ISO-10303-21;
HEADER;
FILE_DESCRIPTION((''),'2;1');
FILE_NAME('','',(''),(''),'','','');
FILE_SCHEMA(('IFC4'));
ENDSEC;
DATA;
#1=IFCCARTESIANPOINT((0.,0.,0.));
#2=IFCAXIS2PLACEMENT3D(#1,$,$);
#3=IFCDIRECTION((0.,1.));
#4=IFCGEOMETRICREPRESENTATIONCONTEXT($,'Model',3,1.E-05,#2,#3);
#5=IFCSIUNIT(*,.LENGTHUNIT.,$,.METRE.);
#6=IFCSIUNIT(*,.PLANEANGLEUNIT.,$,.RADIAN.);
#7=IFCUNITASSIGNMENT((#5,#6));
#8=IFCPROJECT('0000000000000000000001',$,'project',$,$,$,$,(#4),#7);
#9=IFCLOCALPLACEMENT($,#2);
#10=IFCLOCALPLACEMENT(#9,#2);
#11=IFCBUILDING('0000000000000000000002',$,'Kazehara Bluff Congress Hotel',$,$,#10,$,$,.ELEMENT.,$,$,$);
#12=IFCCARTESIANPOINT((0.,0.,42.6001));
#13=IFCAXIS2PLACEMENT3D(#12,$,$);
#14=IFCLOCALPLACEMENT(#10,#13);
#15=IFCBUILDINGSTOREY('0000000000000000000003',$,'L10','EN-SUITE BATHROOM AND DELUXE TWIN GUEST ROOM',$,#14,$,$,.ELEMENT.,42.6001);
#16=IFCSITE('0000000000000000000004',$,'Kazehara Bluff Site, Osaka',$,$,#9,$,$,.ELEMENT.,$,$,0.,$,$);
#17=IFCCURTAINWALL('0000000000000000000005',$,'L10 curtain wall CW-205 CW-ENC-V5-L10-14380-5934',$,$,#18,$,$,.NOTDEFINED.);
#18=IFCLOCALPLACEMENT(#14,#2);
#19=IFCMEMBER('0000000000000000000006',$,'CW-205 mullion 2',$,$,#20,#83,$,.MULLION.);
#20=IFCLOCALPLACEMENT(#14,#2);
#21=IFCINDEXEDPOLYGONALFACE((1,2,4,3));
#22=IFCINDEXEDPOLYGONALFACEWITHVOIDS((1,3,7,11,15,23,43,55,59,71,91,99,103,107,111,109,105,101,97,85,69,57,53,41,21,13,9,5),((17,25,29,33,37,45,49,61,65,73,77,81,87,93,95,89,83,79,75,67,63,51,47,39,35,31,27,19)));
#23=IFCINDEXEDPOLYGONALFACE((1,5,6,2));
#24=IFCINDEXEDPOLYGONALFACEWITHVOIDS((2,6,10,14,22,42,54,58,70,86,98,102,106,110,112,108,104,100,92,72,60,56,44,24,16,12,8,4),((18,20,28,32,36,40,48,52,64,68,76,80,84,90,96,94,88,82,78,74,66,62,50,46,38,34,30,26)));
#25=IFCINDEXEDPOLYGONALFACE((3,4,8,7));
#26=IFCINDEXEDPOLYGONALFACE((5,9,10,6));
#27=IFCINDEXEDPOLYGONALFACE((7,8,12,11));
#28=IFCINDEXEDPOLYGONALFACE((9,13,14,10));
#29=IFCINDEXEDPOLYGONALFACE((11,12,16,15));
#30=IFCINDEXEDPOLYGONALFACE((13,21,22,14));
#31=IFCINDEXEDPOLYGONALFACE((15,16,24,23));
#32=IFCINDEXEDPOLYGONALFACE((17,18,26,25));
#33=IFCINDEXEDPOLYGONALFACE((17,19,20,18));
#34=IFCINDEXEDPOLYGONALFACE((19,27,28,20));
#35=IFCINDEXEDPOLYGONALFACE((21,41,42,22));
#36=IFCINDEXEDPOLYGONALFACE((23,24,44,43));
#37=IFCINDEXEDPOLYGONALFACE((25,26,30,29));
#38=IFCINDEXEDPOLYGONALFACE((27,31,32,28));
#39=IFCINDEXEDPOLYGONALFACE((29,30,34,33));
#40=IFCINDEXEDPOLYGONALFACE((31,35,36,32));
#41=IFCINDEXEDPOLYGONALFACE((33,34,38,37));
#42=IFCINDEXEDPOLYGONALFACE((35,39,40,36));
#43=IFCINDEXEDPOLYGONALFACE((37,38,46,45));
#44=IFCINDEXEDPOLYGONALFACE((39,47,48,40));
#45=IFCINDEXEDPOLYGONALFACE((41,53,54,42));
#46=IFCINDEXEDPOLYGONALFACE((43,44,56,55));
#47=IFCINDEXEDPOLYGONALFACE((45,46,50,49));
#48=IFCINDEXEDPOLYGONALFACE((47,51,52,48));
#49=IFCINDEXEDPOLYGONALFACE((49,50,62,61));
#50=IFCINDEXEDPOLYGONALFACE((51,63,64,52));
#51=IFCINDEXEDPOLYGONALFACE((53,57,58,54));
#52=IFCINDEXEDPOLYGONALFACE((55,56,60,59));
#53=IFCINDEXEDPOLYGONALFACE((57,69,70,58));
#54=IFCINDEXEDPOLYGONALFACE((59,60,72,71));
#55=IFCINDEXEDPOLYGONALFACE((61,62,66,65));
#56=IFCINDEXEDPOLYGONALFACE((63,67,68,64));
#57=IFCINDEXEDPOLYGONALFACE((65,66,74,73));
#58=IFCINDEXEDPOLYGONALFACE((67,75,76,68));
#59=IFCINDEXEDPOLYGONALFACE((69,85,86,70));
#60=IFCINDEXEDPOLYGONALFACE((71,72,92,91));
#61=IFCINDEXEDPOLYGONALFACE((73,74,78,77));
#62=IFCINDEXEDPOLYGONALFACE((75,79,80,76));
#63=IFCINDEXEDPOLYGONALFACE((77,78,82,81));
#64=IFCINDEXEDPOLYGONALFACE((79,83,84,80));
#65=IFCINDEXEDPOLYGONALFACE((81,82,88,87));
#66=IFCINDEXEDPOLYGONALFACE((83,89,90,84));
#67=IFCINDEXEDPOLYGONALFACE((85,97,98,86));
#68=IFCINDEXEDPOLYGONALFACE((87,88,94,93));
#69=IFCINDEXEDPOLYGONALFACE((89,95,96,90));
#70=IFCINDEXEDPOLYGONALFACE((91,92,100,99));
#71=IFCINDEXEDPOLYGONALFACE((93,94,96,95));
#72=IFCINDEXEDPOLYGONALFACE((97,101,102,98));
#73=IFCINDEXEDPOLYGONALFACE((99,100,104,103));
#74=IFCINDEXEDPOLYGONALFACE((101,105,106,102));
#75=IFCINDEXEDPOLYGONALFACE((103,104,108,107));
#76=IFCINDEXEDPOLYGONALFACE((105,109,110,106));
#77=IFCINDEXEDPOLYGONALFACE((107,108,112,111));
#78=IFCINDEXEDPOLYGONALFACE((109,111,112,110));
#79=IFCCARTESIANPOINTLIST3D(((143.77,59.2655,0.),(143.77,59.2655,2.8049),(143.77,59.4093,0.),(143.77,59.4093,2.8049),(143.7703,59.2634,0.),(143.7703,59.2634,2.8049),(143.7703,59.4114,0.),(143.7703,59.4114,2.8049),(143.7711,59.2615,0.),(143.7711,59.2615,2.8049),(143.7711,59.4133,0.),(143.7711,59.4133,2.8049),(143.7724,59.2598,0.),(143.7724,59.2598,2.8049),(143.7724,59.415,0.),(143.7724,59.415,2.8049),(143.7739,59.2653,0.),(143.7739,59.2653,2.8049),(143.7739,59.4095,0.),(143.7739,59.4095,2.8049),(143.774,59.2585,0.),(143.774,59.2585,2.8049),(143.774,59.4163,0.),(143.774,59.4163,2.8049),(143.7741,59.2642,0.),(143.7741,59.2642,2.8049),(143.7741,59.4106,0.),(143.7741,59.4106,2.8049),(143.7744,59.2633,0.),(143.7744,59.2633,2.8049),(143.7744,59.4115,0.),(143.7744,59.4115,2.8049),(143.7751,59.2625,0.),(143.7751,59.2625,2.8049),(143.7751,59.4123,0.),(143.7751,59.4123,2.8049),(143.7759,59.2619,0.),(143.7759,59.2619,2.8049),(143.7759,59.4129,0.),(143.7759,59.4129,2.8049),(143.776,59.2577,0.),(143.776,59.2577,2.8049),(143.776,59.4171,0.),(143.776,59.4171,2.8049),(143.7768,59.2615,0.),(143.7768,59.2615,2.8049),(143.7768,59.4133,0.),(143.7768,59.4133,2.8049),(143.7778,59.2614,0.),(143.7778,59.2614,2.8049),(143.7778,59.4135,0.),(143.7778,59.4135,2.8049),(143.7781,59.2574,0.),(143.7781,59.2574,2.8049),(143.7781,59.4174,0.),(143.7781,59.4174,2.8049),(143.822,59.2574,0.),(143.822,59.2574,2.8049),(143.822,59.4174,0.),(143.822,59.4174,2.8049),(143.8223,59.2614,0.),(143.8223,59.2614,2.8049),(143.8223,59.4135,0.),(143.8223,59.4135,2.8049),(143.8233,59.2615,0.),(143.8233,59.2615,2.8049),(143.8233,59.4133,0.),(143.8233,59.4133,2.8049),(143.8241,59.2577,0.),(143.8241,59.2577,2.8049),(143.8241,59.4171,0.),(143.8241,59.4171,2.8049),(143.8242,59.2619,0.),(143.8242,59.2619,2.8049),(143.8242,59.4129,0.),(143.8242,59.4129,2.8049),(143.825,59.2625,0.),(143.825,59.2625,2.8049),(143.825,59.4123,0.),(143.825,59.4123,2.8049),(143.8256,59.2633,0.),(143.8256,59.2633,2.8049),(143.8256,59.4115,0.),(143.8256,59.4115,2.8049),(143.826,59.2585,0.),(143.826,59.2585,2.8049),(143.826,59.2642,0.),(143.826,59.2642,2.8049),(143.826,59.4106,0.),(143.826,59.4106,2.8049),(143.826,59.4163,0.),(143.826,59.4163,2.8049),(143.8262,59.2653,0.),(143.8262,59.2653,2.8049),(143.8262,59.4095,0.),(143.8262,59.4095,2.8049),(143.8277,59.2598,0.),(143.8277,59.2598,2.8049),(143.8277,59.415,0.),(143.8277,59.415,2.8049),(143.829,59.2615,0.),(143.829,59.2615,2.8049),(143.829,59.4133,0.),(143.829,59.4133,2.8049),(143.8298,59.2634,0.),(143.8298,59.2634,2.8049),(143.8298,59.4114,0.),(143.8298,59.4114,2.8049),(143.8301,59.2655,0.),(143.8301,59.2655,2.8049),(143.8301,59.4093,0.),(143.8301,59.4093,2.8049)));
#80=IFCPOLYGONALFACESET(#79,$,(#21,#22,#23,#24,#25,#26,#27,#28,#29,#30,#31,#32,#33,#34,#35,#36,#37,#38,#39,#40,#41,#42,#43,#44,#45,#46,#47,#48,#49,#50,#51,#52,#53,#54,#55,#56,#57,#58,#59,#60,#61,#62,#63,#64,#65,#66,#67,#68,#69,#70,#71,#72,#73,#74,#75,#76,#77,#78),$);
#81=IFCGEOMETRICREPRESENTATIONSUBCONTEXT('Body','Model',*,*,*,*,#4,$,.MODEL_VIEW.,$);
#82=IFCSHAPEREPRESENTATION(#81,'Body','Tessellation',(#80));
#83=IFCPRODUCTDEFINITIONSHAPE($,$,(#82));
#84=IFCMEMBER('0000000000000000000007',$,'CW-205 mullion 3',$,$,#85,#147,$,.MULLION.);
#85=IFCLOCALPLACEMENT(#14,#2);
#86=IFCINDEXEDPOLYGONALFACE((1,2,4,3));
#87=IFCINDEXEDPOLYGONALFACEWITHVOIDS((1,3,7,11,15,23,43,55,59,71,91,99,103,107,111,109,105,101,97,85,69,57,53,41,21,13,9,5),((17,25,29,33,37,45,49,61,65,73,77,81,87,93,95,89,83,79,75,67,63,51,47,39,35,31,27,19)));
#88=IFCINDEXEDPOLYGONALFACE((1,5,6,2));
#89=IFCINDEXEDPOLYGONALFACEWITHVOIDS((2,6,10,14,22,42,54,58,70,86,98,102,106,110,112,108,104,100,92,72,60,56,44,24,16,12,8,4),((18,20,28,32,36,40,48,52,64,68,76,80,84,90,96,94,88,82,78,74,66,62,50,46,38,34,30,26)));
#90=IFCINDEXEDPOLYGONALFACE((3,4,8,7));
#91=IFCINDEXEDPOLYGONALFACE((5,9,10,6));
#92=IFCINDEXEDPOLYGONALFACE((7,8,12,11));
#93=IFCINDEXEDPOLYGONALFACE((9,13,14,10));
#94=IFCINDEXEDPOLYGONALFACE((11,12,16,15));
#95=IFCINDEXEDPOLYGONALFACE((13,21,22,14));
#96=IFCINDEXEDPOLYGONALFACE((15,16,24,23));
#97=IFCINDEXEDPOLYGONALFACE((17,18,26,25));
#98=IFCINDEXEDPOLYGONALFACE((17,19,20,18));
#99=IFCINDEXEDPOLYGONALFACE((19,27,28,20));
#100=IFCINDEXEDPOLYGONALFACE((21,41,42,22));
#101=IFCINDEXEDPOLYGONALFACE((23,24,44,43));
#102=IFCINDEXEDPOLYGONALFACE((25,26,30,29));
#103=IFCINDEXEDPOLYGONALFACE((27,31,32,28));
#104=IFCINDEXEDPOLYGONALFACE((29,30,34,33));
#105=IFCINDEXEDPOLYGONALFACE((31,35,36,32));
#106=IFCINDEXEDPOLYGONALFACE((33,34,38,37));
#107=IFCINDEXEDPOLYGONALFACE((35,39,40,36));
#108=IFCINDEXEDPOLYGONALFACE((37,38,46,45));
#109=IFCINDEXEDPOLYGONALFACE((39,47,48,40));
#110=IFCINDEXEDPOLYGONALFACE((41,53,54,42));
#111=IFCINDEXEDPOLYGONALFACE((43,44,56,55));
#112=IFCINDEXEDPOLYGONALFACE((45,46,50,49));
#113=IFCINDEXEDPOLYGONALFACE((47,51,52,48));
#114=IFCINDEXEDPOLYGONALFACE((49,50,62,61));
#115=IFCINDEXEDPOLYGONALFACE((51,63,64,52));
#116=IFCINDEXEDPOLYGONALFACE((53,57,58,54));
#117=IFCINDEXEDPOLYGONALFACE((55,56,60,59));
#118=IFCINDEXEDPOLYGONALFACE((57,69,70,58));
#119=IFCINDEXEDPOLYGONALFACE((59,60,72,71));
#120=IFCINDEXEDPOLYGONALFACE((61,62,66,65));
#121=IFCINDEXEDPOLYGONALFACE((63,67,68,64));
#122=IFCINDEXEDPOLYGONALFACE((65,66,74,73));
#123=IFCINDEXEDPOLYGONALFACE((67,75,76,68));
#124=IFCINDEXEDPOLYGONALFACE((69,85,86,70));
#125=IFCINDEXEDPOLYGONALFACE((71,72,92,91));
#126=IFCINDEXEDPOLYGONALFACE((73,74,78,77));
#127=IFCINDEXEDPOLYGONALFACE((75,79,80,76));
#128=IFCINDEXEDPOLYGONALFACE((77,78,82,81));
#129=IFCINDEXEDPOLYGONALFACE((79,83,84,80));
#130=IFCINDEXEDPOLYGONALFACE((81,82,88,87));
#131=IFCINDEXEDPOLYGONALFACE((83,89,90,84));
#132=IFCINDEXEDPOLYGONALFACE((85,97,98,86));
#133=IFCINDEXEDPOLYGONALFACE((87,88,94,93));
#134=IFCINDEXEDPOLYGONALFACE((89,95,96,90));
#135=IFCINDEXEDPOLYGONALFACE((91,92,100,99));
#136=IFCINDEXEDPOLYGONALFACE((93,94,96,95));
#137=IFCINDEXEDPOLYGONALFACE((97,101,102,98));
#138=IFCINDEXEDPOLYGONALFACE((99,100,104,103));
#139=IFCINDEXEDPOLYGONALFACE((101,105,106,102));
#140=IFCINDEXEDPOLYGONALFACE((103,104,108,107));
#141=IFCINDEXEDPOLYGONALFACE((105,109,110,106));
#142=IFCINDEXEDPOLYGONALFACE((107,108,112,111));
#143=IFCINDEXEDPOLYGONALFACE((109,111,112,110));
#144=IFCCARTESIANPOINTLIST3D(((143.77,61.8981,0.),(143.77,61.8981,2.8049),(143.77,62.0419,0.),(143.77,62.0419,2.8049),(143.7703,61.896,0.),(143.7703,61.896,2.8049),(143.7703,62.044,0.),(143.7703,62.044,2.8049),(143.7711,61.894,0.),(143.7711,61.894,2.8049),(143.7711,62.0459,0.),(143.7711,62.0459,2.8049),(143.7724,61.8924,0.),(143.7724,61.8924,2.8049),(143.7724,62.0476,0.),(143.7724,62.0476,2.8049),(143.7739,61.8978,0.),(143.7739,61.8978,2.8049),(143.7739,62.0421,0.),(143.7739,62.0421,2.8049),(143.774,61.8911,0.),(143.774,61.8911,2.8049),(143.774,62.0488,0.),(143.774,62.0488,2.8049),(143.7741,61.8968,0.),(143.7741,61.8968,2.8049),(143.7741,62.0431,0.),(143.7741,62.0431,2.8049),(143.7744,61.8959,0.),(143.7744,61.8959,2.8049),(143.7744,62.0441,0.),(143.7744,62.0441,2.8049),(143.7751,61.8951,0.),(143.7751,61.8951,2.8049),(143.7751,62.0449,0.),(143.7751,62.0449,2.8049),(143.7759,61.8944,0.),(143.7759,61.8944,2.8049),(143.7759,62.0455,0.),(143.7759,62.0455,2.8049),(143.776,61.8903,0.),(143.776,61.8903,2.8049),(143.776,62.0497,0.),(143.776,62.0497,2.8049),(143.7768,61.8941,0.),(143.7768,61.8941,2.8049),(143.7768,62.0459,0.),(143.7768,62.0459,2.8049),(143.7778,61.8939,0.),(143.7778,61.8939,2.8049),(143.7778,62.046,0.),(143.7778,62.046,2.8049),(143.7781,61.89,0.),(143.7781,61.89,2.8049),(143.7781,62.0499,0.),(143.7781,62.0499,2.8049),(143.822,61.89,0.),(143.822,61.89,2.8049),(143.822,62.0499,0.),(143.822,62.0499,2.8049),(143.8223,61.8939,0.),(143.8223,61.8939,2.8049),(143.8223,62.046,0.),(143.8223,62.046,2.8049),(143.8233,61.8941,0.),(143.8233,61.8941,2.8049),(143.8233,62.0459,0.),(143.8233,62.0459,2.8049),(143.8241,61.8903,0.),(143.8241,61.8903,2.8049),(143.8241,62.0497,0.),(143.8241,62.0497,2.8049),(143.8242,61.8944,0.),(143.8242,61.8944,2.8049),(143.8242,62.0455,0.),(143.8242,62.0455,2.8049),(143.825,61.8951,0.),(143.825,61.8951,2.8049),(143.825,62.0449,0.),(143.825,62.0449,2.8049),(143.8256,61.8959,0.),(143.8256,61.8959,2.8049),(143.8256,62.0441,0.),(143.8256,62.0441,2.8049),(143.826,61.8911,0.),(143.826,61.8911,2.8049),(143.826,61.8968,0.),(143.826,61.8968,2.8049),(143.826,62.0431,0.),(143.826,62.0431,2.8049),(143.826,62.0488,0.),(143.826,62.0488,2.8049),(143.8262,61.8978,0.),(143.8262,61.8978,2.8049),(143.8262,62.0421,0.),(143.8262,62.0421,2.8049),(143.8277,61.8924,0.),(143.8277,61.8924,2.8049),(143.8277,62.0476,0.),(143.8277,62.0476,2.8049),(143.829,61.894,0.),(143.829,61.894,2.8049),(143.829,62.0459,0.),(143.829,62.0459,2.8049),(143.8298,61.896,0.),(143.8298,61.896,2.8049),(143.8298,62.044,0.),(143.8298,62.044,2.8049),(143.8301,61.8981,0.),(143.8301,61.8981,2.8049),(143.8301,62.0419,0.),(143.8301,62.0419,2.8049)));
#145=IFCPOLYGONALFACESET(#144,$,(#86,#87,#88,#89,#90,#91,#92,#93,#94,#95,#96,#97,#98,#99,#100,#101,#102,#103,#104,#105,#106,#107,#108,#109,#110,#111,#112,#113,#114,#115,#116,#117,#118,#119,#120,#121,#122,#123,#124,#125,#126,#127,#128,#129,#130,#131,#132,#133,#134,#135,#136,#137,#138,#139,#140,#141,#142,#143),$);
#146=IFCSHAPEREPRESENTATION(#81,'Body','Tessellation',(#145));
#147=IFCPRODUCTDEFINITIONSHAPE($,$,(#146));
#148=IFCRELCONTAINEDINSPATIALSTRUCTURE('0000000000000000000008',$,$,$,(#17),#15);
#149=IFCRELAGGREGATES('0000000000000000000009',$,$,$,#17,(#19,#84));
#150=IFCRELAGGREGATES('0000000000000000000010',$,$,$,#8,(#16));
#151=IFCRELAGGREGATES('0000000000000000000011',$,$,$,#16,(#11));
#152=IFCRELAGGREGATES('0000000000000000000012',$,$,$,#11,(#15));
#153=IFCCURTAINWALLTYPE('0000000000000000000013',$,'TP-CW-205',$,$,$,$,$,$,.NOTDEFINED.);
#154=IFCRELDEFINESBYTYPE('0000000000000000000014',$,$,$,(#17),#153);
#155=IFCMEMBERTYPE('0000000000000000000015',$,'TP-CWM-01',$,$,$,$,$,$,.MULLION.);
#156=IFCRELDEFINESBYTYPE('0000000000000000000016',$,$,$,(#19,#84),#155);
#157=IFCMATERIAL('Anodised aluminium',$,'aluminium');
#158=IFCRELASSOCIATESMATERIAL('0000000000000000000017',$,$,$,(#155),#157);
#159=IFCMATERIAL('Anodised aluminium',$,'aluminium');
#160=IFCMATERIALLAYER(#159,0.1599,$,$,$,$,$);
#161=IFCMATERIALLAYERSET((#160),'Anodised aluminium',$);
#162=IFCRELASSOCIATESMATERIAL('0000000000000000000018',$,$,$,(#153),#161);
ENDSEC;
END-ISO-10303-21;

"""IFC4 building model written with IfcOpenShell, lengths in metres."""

from ifc_helpers import new_model, si_unit, direction, frame, origin, origin_2d, place, context, subcontext, project, spatial, hollow_rectangle, extrude, material, layer, layer_set, material_profile, profile_set, type_object, element, aggregate, save


model = new_model("IFC4")

# Units and contexts
model_context = context("Model", 3, precision=1e-05, world=origin(), true_north=direction((0.0, 1.0)))
body_context = subcontext(model_context, "Body", "Model", "MODEL_VIEW")
ifc_project = project(units=[si_unit("LENGTHUNIT", "METRE"), si_unit("PLANEANGLEUNIT", "RADIAN")], contexts=[model_context])

# Site, building, storey
site_placement = place(None, origin())
site = spatial("IfcSite", under=ifc_project, at=site_placement, Name="Kazehara Bluff Site, Osaka", CompositionType="ELEMENT", RefElevation=0.0)
building_placement = place(site_placement, origin())
building = spatial("IfcBuilding", under=site, at=building_placement, Name="Kazehara Bluff Congress Hotel", CompositionType="ELEMENT")
storey_placement = place(building_placement, frame((0.0, 0.0, 42.6001)))
storey = spatial("IfcBuildingStorey", under=building, at=storey_placement, Name="L10", Description="EN-SUITE BATHROOM AND DELUXE TWIN GUEST ROOM", CompositionType="ELEMENT", Elevation=42.6001)

# Curtain wall, members
ifc_material_1 = material(Name="Anodised aluminium", Category="aluminium")
ifc_material_profile_1 = material_profile(ifc_material_1, hollow_rectangle(XDim=0.0601, YDim=0.1599, WallThickness=0.0039, InnerFilletRadius=0.0039, OuterFilletRadius=0.0081, at=origin_2d()))
ifc_profile_set_1 = profile_set([ifc_material_profile_1], Name="Anodised aluminium")
member_type_1 = type_object("IfcMemberType", Name="TP-CWM-01", PredefinedType="MULLION", material=ifc_profile_set_1)
ifc_material_2 = material(Name="Anodised aluminium", Category="aluminium")
ifc_layer_1 = layer(ifc_material_2, 0.1599)
ifc_layer_set_1 = layer_set([ifc_layer_1], Name="Anodised aluminium")
curtain_wall_type_1 = type_object("IfcCurtainWallType", Name="TP-CW-205", PredefinedType="NOTDEFINED", material=ifc_layer_set_1)
curtain_wall_1_placement = place(storey_placement, origin())
curtain_wall_1 = element("IfcCurtainWall", 1, at=curtain_wall_1_placement, inside=storey, type_object=curtain_wall_type_1, Name="L10 curtain wall CW-205 CW-ENC-V5-L10-14380-5934", PredefinedType="NOTDEFINED")
member_1_placement = place(storey_placement, frame((143.8, 59.3374, 0.0), z_axis=(0.0, 0.0, 1.0), x_axis=(-1.0, 0.0, 0.0)))
member_1 = element("IfcMember", 2, at=member_1_placement, type_object=member_type_1, Name="CW-205 mullion 2", PredefinedType="MULLION", context=body_context, shape_type="SweptSolid", body=[
    extrude(hollow_rectangle(XDim=0.0601, YDim=0.1599, WallThickness=0.0039, InnerFilletRadius=0.0039, OuterFilletRadius=0.0081, at=origin_2d()), origin(), (0.0, 0.0, 1.0), 2.8049),
])
member_2_placement = place(storey_placement, frame((143.8, 61.97, 0.0), z_axis=(0.0, 0.0, 1.0), x_axis=(-1.0, 0.0, 0.0)))
member_2 = element("IfcMember", 3, at=member_2_placement, type_object=member_type_1, Name="CW-205 mullion 3", PredefinedType="MULLION", context=body_context, shape_type="SweptSolid", body=[
    extrude(hollow_rectangle(XDim=0.0601, YDim=0.1599, WallThickness=0.0039, InnerFilletRadius=0.0039, OuterFilletRadius=0.0081, at=origin_2d()), origin(), (0.0, 0.0, 1.0), 2.8049),
])

aggregate(curtain_wall_1, [member_1, member_2])

save(model, "model.ifc")
